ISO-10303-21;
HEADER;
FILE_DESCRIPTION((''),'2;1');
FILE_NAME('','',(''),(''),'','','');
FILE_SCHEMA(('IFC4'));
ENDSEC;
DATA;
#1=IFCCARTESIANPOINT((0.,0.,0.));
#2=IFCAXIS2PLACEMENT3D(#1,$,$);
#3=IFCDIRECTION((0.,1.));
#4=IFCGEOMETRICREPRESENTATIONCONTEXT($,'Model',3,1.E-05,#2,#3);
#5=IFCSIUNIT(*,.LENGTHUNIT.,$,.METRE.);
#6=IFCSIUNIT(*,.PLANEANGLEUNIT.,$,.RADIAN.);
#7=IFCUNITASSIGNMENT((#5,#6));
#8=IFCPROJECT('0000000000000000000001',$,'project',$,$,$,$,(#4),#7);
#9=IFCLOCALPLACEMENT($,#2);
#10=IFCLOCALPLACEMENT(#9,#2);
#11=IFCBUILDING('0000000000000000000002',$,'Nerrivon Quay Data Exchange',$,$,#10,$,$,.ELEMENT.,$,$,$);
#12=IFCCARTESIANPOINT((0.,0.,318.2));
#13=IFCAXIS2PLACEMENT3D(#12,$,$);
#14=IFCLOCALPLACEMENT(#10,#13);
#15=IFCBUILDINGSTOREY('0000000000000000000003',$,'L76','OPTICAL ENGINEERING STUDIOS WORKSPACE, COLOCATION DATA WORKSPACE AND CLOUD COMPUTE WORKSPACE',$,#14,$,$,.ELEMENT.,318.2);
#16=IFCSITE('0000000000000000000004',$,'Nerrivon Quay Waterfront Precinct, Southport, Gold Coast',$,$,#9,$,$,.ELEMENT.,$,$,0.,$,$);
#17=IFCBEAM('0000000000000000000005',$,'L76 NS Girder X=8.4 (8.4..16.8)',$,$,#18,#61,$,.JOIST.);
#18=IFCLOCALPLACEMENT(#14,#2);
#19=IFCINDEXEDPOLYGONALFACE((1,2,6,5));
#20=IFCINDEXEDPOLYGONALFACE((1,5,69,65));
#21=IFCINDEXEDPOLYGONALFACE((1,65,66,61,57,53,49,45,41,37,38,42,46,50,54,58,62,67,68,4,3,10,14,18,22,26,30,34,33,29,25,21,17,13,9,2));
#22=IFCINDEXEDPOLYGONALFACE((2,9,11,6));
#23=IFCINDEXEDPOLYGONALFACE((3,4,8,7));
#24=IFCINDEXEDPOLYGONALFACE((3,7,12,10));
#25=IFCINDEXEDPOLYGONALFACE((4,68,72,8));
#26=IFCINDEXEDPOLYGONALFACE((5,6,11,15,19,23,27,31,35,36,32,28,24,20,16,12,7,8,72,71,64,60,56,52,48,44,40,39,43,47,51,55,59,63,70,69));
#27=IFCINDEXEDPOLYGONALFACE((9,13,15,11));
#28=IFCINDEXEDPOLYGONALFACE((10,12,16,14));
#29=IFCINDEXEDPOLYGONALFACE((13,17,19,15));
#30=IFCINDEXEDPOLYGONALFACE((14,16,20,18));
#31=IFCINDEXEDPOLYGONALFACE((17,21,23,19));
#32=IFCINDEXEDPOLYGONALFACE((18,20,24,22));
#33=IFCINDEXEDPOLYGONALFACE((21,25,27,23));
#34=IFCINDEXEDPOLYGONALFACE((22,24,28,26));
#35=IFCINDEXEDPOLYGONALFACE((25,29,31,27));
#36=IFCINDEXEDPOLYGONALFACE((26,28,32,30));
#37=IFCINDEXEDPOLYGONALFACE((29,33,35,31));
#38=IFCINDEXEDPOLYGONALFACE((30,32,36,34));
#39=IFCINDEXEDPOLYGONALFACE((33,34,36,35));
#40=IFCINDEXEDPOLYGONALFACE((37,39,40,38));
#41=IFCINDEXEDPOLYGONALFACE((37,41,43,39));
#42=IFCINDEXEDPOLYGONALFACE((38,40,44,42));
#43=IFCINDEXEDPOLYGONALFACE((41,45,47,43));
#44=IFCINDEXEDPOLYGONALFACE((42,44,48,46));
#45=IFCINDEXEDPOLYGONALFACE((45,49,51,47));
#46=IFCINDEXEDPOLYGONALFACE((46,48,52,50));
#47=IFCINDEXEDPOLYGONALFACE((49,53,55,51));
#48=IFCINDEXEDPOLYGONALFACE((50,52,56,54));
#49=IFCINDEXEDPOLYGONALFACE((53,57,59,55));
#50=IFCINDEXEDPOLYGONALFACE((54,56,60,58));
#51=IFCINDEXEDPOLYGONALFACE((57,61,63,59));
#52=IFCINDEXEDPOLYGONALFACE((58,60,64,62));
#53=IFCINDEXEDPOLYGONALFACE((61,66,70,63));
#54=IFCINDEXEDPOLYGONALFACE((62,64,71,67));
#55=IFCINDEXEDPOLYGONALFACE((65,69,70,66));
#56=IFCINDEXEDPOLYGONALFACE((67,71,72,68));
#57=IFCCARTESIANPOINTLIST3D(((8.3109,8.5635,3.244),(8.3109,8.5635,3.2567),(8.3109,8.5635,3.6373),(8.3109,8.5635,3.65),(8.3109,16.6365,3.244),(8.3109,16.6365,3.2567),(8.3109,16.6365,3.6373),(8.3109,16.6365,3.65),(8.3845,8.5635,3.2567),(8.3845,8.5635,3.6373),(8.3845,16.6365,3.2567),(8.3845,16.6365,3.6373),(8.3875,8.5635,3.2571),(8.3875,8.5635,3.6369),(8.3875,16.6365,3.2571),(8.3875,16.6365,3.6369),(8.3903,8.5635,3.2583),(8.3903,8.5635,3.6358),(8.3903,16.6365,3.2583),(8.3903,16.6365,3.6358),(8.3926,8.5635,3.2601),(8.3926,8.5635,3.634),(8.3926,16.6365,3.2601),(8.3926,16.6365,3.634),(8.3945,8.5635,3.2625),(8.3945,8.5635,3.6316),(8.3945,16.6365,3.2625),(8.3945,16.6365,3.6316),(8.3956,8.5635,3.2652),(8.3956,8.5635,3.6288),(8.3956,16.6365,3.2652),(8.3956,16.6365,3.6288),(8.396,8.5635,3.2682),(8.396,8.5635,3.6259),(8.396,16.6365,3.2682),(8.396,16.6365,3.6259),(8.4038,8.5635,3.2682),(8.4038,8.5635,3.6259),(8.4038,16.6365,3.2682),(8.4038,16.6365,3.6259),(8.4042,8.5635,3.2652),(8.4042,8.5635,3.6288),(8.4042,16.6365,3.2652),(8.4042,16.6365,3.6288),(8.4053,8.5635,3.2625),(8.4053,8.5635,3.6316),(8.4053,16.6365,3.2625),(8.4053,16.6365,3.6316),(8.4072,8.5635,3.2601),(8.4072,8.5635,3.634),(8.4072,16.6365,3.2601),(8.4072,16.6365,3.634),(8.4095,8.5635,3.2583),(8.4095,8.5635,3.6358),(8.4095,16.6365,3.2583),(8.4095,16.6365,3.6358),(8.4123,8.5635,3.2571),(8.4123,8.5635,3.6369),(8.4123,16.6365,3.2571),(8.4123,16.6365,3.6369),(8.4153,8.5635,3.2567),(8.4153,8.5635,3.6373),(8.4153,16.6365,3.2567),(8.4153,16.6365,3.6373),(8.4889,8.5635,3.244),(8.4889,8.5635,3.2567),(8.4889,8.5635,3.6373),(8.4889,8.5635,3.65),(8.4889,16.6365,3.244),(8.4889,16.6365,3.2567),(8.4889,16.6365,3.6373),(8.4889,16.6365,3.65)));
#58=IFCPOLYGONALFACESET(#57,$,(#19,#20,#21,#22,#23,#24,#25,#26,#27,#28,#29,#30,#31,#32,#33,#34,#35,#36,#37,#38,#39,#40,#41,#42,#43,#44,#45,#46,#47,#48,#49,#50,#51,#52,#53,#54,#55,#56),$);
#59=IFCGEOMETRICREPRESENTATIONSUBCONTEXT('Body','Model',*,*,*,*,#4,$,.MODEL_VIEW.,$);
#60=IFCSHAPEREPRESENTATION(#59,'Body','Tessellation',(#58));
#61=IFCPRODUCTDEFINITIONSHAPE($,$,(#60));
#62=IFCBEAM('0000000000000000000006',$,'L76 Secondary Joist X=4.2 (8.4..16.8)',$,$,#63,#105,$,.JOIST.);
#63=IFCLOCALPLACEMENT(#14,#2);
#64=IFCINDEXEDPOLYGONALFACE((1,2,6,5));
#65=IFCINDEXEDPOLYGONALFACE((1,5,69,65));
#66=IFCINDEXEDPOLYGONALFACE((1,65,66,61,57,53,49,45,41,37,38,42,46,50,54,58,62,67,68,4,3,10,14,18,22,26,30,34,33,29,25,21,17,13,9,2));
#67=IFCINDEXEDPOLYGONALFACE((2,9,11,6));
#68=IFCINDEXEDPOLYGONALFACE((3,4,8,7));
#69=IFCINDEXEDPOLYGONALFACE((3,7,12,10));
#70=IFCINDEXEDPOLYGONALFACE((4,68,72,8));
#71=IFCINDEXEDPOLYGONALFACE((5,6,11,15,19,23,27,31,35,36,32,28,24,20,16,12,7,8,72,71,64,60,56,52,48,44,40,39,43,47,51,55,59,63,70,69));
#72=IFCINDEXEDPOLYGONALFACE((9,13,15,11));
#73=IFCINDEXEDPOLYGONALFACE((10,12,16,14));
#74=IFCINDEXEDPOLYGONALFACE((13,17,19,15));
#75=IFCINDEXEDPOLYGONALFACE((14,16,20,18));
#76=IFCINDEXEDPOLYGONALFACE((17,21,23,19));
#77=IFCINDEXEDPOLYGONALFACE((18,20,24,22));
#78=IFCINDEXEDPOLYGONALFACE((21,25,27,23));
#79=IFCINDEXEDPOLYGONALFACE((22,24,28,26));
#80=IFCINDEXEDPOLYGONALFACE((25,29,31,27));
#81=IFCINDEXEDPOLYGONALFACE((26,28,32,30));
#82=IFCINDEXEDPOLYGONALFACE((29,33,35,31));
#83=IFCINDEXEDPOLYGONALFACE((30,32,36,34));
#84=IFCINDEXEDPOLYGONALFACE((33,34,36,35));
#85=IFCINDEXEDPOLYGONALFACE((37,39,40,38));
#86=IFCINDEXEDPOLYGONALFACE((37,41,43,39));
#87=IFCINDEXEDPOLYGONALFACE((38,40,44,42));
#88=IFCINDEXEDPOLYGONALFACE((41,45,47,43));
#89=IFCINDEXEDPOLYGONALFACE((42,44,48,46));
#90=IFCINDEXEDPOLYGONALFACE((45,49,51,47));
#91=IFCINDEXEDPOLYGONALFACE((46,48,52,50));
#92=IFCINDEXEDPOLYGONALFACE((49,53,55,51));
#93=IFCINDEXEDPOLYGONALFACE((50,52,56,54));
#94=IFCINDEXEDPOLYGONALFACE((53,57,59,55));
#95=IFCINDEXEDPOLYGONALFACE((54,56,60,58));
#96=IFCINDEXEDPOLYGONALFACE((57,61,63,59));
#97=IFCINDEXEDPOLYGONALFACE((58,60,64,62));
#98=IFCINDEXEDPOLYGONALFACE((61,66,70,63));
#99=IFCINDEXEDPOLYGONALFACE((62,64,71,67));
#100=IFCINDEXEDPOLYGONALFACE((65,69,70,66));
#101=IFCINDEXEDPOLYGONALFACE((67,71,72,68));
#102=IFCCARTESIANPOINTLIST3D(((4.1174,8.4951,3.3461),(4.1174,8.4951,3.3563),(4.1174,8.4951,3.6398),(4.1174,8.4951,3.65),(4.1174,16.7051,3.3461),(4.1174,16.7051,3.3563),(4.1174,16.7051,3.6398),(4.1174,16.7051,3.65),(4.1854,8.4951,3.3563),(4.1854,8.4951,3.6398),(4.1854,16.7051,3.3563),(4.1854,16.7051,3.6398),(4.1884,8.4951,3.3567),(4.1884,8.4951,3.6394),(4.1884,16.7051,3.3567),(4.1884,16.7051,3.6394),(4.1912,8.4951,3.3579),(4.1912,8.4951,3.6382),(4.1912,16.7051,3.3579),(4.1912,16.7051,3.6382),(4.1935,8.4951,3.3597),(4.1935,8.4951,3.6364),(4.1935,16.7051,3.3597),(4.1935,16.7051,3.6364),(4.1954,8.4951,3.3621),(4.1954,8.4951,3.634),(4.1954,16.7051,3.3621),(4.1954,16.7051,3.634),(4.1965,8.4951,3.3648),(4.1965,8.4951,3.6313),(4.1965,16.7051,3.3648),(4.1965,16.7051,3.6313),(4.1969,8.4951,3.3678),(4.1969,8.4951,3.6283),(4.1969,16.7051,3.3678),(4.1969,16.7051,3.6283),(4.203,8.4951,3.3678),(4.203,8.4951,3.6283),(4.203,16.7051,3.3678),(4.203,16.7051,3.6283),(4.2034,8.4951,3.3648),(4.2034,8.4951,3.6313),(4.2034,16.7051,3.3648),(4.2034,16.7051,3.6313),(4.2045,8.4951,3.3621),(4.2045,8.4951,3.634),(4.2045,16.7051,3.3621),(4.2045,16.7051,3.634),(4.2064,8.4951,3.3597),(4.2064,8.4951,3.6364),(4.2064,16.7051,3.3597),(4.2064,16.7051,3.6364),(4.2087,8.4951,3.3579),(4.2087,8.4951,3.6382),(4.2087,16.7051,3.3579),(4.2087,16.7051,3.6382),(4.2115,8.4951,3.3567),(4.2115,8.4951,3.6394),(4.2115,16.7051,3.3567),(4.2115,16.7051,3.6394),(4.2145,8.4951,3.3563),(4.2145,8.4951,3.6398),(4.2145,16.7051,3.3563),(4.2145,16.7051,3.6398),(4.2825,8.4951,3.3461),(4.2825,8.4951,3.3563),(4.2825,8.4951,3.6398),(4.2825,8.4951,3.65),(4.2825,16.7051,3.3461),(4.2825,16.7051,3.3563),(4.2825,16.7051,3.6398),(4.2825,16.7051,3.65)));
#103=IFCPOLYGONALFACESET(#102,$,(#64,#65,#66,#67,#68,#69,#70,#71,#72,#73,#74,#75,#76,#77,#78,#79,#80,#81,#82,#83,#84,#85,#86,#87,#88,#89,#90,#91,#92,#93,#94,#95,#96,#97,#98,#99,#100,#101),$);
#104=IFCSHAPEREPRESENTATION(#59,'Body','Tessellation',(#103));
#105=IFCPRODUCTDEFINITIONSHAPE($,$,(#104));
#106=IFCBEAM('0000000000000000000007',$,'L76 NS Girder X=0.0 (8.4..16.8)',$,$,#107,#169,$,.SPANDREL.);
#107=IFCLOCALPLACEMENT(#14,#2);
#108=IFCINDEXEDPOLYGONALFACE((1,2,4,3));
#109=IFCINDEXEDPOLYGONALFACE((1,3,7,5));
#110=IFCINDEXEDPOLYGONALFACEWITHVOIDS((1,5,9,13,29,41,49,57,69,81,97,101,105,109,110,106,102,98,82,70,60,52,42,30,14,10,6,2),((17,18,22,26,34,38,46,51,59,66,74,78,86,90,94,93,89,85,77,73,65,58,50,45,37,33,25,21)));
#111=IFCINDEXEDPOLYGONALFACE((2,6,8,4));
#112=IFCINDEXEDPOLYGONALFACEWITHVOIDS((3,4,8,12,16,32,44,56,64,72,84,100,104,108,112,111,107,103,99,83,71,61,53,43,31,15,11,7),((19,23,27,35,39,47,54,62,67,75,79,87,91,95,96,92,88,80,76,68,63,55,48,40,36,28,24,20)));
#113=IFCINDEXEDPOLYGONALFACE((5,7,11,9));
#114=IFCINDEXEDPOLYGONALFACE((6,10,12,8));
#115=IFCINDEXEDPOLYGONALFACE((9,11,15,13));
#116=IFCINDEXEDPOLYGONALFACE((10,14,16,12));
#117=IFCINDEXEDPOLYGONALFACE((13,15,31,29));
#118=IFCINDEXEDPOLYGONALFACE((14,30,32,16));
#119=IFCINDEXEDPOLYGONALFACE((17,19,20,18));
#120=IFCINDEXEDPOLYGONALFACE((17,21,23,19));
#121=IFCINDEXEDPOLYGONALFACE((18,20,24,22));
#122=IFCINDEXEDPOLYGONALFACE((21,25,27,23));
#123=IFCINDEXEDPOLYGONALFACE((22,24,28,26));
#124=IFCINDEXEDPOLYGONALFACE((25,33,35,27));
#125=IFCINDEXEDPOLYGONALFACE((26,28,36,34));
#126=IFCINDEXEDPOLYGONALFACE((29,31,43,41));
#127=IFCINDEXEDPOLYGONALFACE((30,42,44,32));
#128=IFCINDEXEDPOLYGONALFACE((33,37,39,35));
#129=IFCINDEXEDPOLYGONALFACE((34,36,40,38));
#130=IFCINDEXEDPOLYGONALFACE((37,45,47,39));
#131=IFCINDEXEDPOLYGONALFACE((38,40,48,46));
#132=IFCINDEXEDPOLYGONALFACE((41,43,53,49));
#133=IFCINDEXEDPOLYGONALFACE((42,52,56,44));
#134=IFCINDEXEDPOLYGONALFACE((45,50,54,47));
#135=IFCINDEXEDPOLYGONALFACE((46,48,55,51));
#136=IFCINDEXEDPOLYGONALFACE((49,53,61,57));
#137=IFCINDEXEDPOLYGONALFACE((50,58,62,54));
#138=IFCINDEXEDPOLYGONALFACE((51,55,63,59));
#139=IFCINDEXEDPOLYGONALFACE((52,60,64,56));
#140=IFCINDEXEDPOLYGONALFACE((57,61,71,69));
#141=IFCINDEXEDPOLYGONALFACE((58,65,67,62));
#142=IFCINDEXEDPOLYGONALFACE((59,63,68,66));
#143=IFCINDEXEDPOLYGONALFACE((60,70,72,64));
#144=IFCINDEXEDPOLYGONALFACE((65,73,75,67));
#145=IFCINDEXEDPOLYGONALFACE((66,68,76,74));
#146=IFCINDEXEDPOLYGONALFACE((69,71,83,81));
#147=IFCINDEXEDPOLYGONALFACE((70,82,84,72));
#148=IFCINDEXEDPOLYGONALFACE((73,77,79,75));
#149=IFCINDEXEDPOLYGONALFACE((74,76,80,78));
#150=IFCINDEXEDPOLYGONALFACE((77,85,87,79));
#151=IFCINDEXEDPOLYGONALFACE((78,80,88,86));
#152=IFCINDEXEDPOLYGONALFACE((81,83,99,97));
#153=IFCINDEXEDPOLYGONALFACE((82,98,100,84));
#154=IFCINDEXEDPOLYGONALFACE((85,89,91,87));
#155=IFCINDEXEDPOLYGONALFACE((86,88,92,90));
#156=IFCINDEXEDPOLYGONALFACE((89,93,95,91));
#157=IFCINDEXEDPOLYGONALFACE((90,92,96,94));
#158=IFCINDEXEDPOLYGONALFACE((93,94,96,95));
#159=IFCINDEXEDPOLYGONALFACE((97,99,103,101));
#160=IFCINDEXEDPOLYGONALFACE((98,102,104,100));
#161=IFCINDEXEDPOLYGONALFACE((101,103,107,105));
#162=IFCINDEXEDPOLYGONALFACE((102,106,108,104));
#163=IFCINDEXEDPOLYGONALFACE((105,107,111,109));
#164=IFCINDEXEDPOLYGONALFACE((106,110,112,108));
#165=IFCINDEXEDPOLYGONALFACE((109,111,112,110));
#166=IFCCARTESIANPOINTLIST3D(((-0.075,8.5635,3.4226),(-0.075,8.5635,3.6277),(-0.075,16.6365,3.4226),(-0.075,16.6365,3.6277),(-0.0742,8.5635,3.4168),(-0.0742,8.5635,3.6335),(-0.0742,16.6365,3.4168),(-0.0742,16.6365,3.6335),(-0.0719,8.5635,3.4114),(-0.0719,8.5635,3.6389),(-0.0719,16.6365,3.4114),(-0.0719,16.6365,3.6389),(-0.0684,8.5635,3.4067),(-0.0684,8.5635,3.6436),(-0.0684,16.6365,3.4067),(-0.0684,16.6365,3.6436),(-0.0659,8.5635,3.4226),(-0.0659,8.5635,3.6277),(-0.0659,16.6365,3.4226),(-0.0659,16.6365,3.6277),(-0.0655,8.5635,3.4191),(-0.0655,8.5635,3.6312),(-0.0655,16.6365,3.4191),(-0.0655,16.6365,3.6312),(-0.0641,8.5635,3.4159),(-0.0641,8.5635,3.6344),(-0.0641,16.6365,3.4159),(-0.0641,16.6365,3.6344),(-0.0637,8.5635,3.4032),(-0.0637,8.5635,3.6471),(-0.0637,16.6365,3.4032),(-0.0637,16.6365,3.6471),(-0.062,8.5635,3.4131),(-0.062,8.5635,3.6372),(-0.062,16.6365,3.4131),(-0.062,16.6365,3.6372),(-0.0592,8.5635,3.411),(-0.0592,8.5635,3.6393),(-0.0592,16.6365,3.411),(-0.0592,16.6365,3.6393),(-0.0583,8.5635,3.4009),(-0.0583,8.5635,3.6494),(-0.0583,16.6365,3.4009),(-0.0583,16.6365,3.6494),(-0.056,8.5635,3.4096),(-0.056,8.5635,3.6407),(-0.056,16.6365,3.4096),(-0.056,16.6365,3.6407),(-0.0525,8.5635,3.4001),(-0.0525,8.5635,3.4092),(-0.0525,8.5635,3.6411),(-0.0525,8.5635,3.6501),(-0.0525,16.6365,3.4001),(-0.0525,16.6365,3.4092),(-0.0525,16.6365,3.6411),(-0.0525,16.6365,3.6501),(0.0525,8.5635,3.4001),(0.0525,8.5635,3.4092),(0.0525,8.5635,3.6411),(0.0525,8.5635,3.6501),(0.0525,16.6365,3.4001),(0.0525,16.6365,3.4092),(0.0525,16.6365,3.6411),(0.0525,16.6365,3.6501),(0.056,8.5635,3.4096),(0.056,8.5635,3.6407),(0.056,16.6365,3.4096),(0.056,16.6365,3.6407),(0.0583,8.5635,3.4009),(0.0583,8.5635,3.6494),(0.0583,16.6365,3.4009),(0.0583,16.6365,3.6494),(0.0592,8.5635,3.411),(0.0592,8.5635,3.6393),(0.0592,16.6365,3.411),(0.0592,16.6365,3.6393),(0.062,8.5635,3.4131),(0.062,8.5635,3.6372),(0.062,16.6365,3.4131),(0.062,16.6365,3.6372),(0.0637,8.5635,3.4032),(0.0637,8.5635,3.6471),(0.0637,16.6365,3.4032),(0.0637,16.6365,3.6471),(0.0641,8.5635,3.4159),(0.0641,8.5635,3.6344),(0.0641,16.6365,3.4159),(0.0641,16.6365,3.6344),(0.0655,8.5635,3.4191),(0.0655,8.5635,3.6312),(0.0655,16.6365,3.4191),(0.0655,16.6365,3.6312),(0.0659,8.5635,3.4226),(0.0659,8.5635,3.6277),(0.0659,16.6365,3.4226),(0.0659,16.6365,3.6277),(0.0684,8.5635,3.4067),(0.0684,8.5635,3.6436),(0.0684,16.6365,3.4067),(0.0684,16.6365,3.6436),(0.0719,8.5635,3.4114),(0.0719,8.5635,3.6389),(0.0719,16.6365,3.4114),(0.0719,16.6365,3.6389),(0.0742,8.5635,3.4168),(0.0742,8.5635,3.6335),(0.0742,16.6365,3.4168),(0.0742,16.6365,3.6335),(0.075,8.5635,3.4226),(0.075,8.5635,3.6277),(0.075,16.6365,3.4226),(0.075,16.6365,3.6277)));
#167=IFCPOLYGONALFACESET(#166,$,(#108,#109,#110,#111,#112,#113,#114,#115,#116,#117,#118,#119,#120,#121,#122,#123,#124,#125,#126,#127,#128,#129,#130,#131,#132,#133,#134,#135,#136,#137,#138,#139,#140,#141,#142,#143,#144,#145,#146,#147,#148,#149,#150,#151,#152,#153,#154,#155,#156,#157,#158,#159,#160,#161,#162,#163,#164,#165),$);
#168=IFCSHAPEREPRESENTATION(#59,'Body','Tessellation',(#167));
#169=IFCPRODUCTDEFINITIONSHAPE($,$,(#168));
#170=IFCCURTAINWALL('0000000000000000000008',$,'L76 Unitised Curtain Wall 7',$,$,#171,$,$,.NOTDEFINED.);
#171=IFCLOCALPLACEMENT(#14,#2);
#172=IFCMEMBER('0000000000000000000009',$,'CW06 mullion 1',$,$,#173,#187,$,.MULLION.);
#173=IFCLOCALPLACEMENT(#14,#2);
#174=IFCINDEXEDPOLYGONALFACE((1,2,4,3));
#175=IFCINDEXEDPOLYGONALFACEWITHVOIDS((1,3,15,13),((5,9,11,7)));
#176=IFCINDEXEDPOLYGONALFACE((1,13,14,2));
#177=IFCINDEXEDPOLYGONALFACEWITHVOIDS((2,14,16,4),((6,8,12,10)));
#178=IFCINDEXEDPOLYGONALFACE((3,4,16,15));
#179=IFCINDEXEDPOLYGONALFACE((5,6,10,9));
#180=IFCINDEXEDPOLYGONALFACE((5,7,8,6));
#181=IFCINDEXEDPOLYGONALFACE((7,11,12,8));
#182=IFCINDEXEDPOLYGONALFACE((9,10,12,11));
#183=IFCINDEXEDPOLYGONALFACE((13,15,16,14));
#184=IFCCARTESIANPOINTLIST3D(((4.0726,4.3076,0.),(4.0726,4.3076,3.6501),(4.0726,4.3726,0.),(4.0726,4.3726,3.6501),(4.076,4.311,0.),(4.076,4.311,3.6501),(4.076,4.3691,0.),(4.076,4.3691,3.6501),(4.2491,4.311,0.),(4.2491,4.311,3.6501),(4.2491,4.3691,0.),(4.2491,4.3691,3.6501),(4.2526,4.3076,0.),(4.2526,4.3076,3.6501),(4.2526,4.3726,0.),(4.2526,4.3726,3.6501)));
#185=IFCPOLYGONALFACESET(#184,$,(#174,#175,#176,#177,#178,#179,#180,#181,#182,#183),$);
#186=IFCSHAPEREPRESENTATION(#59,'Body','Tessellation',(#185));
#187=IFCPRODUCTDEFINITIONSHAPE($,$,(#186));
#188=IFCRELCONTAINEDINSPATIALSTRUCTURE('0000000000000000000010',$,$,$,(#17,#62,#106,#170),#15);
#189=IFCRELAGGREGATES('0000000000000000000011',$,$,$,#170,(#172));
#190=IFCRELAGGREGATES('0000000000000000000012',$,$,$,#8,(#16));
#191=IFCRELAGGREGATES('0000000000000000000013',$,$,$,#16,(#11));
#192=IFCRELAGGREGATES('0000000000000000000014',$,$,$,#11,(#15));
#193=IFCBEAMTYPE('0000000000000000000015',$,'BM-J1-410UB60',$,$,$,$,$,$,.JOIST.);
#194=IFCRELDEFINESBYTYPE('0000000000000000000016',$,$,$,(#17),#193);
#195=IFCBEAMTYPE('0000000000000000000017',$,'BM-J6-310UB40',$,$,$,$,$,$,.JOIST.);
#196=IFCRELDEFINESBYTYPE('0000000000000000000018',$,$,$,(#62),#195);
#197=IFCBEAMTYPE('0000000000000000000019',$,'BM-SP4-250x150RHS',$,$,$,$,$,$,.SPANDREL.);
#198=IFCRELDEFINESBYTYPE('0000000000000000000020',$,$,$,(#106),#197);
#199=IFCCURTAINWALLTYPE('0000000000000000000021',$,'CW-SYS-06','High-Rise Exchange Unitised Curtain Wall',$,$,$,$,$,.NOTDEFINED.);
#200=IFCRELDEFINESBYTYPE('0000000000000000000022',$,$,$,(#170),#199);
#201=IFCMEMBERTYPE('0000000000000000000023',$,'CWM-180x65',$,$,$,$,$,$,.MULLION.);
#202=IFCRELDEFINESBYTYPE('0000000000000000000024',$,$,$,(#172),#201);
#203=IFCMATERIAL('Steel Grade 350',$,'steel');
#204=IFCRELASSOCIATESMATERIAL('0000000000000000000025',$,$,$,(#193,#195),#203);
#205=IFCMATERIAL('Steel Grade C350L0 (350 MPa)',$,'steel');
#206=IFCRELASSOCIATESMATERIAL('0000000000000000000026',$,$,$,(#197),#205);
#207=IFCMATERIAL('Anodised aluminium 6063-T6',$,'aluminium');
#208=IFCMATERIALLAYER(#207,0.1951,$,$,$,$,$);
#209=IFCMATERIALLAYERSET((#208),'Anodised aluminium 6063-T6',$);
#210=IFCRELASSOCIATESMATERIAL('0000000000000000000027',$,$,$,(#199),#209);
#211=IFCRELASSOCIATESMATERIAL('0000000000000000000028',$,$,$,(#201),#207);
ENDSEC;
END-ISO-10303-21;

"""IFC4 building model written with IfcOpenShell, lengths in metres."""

from ifc_helpers import new_model, si_unit, direction, frame, origin, origin_2d, place, context, subcontext, project, spatial, hollow_rectangle, i_section, extrude, material, layer, layer_set, material_profile, profile_set, type_object, element, aggregate, save


model = new_model("IFC4")

# Units and contexts
model_context = context("Model", 3, precision=1e-05, world=origin(), true_north=direction((0.0, 1.0)))
body_context = subcontext(model_context, "Body", "Model", "MODEL_VIEW")
ifc_project = project(units=[si_unit("LENGTHUNIT", "METRE"), si_unit("PLANEANGLEUNIT", "RADIAN")], contexts=[model_context])

# Site, building, storey
site_placement = place(None, origin())
site = spatial("IfcSite", under=ifc_project, at=site_placement, Name="Nerrivon Quay Waterfront Precinct, Southport, Gold Coast", CompositionType="ELEMENT", RefElevation=0.0)
building_placement = place(site_placement, origin())
building = spatial("IfcBuilding", under=site, at=building_placement, Name="Nerrivon Quay Data Exchange", CompositionType="ELEMENT")
storey_placement = place(building_placement, frame((0.0, 0.0, 318.2)))
storey = spatial("IfcBuildingStorey", under=building, at=storey_placement, Name="L76", Description="OPTICAL ENGINEERING STUDIOS WORKSPACE, COLOCATION DATA WORKSPACE AND CLOUD COMPUTE WORKSPACE", CompositionType="ELEMENT", Elevation=318.2)

# Shared definitions
ifc_material_1 = material(Name="Steel Grade 350", Category="steel")

# Beams
ifc_material_profile_1 = material_profile(ifc_material_1, i_section(OverallWidth=0.178, OverallDepth=0.406, WebThickness=0.0078, FlangeThickness=0.0127, FilletRadius=0.0115, at=origin_2d()), Name="410UB59.7")
ifc_profile_set_1 = profile_set([ifc_material_profile_1], Name="Steel Grade 350")
beam_type_1 = type_object("IfcBeamType", Name="BM-J1-410UB60", PredefinedType="JOIST", material=ifc_profile_set_1)
beam_1_placement = place(storey_placement, frame((8.3999, 8.5635, 3.447), z_axis=(0.0, 1.0, 0.0), x_axis=(-1.0, 0.0, 0.0)))
element("IfcBeam", 1, at=beam_1_placement, inside=storey, type_object=beam_type_1, Name="L76 NS Girder X=8.4 (8.4..16.8)", PredefinedType="JOIST", context=body_context, shape_type="SweptSolid", body=[
    extrude(i_section(OverallWidth=0.178, OverallDepth=0.406, WebThickness=0.0078, FlangeThickness=0.0127, FilletRadius=0.0115, at=origin_2d()), origin(), (0.0, 0.0, 1.0), 8.073),
])
ifc_material_profile_2 = material_profile(ifc_material_1, i_section(OverallWidth=0.165, OverallDepth=0.304, WebThickness=0.0061, FlangeThickness=0.0103, FilletRadius=0.0115, at=origin_2d()), Name="310UB40.4")
ifc_profile_set_2 = profile_set([ifc_material_profile_2], Name="Steel Grade 350")
beam_type_2 = type_object("IfcBeamType", Name="BM-J6-310UB40", PredefinedType="JOIST", material=ifc_profile_set_2)
beam_2_placement = place(storey_placement, frame((4.2, 8.4951, 3.498), z_axis=(0.0, 1.0, 0.0), x_axis=(-1.0, 0.0, 0.0)))
element("IfcBeam", 2, at=beam_2_placement, inside=storey, type_object=beam_type_2, Name="L76 Secondary Joist X=4.2 (8.4..16.8)", PredefinedType="JOIST", context=body_context, shape_type="SweptSolid", body=[
    extrude(i_section(OverallWidth=0.165, OverallDepth=0.304, WebThickness=0.0061, FlangeThickness=0.0103, FilletRadius=0.0115, at=origin_2d()), origin(), (0.0, 0.0, 1.0), 8.21),
])
ifc_material_2 = material(Name="Steel Grade C350L0 (350 MPa)", Category="steel")
ifc_material_profile_3 = material_profile(ifc_material_2, hollow_rectangle(XDim=0.1499, YDim=0.25, WallThickness=0.009, InnerFilletRadius=0.0134, OuterFilletRadius=0.0225, at=origin_2d()), Name="250x150x9.0RHS")
ifc_profile_set_3 = profile_set([ifc_material_profile_3], Name="Steel Grade C350L0 (350 MPa)")
beam_type_3 = type_object("IfcBeamType", Name="BM-SP4-250x150RHS", PredefinedType="SPANDREL", material=ifc_profile_set_3)
beam_3_placement = place(storey_placement, frame((0.0, 8.5635, 3.5251), z_axis=(0.0, 1.0, 0.0), x_axis=(-1.0, 0.0, 0.0)))
element("IfcBeam", 3, at=beam_3_placement, inside=storey, type_object=beam_type_3, Name="L76 NS Girder X=0.0 (8.4..16.8)", PredefinedType="SPANDREL", context=body_context, shape_type="SweptSolid", body=[
    extrude(hollow_rectangle(XDim=0.1499, YDim=0.25, WallThickness=0.009, InnerFilletRadius=0.0134, OuterFilletRadius=0.0225, at=origin_2d()), origin(), (0.0, 0.0, 1.0), 8.073),
])

# Curtain wall, member
ifc_material_3 = material(Name="Anodised aluminium 6063-T6", Category="aluminium")
ifc_layer_1 = layer(ifc_material_3, 0.1951)
ifc_layer_set_1 = layer_set([ifc_layer_1], Name="Anodised aluminium 6063-T6")
curtain_wall_type = type_object("IfcCurtainWallType", Name="CW-SYS-06", Description="High-Rise Exchange Unitised Curtain Wall", PredefinedType="NOTDEFINED", material=ifc_layer_set_1)
curtain_wall_1_placement = place(storey_placement, origin())
curtain_wall_1 = element("IfcCurtainWall", 4, at=curtain_wall_1_placement, inside=storey, type_object=curtain_wall_type, Name="L76 Unitised Curtain Wall 7", PredefinedType="NOTDEFINED")
ifc_material_profile_4 = material_profile(ifc_material_3, hollow_rectangle(XDim=0.0649, YDim=0.1799, WallThickness=0.0034, at=origin_2d()), Name="ALU-MULL-180x65")
ifc_profile_set_4 = profile_set([ifc_material_profile_4], Name="Anodised aluminium 6063-T6")
member_type_1 = type_object("IfcMemberType", Name="CWM-180x65", PredefinedType="MULLION", material=ifc_profile_set_4)
member_1_placement = place(storey_placement, frame((4.1626, 4.3401, 0.0), z_axis=(0.0, 0.0, 1.0), x_axis=(0.0, -1.0, 0.0)))
member_1 = element("IfcMember", 5, at=member_1_placement, type_object=member_type_1, Name="CW06 mullion 1", PredefinedType="MULLION", context=body_context, shape_type="SweptSolid", body=[
    extrude(hollow_rectangle(XDim=0.0649, YDim=0.1799, WallThickness=0.0034, at=origin_2d()), origin(), (0.0, 0.0, 1.0), 3.6501),
])

aggregate(curtain_wall_1, [member_1])

save(model, "model.ifc")
